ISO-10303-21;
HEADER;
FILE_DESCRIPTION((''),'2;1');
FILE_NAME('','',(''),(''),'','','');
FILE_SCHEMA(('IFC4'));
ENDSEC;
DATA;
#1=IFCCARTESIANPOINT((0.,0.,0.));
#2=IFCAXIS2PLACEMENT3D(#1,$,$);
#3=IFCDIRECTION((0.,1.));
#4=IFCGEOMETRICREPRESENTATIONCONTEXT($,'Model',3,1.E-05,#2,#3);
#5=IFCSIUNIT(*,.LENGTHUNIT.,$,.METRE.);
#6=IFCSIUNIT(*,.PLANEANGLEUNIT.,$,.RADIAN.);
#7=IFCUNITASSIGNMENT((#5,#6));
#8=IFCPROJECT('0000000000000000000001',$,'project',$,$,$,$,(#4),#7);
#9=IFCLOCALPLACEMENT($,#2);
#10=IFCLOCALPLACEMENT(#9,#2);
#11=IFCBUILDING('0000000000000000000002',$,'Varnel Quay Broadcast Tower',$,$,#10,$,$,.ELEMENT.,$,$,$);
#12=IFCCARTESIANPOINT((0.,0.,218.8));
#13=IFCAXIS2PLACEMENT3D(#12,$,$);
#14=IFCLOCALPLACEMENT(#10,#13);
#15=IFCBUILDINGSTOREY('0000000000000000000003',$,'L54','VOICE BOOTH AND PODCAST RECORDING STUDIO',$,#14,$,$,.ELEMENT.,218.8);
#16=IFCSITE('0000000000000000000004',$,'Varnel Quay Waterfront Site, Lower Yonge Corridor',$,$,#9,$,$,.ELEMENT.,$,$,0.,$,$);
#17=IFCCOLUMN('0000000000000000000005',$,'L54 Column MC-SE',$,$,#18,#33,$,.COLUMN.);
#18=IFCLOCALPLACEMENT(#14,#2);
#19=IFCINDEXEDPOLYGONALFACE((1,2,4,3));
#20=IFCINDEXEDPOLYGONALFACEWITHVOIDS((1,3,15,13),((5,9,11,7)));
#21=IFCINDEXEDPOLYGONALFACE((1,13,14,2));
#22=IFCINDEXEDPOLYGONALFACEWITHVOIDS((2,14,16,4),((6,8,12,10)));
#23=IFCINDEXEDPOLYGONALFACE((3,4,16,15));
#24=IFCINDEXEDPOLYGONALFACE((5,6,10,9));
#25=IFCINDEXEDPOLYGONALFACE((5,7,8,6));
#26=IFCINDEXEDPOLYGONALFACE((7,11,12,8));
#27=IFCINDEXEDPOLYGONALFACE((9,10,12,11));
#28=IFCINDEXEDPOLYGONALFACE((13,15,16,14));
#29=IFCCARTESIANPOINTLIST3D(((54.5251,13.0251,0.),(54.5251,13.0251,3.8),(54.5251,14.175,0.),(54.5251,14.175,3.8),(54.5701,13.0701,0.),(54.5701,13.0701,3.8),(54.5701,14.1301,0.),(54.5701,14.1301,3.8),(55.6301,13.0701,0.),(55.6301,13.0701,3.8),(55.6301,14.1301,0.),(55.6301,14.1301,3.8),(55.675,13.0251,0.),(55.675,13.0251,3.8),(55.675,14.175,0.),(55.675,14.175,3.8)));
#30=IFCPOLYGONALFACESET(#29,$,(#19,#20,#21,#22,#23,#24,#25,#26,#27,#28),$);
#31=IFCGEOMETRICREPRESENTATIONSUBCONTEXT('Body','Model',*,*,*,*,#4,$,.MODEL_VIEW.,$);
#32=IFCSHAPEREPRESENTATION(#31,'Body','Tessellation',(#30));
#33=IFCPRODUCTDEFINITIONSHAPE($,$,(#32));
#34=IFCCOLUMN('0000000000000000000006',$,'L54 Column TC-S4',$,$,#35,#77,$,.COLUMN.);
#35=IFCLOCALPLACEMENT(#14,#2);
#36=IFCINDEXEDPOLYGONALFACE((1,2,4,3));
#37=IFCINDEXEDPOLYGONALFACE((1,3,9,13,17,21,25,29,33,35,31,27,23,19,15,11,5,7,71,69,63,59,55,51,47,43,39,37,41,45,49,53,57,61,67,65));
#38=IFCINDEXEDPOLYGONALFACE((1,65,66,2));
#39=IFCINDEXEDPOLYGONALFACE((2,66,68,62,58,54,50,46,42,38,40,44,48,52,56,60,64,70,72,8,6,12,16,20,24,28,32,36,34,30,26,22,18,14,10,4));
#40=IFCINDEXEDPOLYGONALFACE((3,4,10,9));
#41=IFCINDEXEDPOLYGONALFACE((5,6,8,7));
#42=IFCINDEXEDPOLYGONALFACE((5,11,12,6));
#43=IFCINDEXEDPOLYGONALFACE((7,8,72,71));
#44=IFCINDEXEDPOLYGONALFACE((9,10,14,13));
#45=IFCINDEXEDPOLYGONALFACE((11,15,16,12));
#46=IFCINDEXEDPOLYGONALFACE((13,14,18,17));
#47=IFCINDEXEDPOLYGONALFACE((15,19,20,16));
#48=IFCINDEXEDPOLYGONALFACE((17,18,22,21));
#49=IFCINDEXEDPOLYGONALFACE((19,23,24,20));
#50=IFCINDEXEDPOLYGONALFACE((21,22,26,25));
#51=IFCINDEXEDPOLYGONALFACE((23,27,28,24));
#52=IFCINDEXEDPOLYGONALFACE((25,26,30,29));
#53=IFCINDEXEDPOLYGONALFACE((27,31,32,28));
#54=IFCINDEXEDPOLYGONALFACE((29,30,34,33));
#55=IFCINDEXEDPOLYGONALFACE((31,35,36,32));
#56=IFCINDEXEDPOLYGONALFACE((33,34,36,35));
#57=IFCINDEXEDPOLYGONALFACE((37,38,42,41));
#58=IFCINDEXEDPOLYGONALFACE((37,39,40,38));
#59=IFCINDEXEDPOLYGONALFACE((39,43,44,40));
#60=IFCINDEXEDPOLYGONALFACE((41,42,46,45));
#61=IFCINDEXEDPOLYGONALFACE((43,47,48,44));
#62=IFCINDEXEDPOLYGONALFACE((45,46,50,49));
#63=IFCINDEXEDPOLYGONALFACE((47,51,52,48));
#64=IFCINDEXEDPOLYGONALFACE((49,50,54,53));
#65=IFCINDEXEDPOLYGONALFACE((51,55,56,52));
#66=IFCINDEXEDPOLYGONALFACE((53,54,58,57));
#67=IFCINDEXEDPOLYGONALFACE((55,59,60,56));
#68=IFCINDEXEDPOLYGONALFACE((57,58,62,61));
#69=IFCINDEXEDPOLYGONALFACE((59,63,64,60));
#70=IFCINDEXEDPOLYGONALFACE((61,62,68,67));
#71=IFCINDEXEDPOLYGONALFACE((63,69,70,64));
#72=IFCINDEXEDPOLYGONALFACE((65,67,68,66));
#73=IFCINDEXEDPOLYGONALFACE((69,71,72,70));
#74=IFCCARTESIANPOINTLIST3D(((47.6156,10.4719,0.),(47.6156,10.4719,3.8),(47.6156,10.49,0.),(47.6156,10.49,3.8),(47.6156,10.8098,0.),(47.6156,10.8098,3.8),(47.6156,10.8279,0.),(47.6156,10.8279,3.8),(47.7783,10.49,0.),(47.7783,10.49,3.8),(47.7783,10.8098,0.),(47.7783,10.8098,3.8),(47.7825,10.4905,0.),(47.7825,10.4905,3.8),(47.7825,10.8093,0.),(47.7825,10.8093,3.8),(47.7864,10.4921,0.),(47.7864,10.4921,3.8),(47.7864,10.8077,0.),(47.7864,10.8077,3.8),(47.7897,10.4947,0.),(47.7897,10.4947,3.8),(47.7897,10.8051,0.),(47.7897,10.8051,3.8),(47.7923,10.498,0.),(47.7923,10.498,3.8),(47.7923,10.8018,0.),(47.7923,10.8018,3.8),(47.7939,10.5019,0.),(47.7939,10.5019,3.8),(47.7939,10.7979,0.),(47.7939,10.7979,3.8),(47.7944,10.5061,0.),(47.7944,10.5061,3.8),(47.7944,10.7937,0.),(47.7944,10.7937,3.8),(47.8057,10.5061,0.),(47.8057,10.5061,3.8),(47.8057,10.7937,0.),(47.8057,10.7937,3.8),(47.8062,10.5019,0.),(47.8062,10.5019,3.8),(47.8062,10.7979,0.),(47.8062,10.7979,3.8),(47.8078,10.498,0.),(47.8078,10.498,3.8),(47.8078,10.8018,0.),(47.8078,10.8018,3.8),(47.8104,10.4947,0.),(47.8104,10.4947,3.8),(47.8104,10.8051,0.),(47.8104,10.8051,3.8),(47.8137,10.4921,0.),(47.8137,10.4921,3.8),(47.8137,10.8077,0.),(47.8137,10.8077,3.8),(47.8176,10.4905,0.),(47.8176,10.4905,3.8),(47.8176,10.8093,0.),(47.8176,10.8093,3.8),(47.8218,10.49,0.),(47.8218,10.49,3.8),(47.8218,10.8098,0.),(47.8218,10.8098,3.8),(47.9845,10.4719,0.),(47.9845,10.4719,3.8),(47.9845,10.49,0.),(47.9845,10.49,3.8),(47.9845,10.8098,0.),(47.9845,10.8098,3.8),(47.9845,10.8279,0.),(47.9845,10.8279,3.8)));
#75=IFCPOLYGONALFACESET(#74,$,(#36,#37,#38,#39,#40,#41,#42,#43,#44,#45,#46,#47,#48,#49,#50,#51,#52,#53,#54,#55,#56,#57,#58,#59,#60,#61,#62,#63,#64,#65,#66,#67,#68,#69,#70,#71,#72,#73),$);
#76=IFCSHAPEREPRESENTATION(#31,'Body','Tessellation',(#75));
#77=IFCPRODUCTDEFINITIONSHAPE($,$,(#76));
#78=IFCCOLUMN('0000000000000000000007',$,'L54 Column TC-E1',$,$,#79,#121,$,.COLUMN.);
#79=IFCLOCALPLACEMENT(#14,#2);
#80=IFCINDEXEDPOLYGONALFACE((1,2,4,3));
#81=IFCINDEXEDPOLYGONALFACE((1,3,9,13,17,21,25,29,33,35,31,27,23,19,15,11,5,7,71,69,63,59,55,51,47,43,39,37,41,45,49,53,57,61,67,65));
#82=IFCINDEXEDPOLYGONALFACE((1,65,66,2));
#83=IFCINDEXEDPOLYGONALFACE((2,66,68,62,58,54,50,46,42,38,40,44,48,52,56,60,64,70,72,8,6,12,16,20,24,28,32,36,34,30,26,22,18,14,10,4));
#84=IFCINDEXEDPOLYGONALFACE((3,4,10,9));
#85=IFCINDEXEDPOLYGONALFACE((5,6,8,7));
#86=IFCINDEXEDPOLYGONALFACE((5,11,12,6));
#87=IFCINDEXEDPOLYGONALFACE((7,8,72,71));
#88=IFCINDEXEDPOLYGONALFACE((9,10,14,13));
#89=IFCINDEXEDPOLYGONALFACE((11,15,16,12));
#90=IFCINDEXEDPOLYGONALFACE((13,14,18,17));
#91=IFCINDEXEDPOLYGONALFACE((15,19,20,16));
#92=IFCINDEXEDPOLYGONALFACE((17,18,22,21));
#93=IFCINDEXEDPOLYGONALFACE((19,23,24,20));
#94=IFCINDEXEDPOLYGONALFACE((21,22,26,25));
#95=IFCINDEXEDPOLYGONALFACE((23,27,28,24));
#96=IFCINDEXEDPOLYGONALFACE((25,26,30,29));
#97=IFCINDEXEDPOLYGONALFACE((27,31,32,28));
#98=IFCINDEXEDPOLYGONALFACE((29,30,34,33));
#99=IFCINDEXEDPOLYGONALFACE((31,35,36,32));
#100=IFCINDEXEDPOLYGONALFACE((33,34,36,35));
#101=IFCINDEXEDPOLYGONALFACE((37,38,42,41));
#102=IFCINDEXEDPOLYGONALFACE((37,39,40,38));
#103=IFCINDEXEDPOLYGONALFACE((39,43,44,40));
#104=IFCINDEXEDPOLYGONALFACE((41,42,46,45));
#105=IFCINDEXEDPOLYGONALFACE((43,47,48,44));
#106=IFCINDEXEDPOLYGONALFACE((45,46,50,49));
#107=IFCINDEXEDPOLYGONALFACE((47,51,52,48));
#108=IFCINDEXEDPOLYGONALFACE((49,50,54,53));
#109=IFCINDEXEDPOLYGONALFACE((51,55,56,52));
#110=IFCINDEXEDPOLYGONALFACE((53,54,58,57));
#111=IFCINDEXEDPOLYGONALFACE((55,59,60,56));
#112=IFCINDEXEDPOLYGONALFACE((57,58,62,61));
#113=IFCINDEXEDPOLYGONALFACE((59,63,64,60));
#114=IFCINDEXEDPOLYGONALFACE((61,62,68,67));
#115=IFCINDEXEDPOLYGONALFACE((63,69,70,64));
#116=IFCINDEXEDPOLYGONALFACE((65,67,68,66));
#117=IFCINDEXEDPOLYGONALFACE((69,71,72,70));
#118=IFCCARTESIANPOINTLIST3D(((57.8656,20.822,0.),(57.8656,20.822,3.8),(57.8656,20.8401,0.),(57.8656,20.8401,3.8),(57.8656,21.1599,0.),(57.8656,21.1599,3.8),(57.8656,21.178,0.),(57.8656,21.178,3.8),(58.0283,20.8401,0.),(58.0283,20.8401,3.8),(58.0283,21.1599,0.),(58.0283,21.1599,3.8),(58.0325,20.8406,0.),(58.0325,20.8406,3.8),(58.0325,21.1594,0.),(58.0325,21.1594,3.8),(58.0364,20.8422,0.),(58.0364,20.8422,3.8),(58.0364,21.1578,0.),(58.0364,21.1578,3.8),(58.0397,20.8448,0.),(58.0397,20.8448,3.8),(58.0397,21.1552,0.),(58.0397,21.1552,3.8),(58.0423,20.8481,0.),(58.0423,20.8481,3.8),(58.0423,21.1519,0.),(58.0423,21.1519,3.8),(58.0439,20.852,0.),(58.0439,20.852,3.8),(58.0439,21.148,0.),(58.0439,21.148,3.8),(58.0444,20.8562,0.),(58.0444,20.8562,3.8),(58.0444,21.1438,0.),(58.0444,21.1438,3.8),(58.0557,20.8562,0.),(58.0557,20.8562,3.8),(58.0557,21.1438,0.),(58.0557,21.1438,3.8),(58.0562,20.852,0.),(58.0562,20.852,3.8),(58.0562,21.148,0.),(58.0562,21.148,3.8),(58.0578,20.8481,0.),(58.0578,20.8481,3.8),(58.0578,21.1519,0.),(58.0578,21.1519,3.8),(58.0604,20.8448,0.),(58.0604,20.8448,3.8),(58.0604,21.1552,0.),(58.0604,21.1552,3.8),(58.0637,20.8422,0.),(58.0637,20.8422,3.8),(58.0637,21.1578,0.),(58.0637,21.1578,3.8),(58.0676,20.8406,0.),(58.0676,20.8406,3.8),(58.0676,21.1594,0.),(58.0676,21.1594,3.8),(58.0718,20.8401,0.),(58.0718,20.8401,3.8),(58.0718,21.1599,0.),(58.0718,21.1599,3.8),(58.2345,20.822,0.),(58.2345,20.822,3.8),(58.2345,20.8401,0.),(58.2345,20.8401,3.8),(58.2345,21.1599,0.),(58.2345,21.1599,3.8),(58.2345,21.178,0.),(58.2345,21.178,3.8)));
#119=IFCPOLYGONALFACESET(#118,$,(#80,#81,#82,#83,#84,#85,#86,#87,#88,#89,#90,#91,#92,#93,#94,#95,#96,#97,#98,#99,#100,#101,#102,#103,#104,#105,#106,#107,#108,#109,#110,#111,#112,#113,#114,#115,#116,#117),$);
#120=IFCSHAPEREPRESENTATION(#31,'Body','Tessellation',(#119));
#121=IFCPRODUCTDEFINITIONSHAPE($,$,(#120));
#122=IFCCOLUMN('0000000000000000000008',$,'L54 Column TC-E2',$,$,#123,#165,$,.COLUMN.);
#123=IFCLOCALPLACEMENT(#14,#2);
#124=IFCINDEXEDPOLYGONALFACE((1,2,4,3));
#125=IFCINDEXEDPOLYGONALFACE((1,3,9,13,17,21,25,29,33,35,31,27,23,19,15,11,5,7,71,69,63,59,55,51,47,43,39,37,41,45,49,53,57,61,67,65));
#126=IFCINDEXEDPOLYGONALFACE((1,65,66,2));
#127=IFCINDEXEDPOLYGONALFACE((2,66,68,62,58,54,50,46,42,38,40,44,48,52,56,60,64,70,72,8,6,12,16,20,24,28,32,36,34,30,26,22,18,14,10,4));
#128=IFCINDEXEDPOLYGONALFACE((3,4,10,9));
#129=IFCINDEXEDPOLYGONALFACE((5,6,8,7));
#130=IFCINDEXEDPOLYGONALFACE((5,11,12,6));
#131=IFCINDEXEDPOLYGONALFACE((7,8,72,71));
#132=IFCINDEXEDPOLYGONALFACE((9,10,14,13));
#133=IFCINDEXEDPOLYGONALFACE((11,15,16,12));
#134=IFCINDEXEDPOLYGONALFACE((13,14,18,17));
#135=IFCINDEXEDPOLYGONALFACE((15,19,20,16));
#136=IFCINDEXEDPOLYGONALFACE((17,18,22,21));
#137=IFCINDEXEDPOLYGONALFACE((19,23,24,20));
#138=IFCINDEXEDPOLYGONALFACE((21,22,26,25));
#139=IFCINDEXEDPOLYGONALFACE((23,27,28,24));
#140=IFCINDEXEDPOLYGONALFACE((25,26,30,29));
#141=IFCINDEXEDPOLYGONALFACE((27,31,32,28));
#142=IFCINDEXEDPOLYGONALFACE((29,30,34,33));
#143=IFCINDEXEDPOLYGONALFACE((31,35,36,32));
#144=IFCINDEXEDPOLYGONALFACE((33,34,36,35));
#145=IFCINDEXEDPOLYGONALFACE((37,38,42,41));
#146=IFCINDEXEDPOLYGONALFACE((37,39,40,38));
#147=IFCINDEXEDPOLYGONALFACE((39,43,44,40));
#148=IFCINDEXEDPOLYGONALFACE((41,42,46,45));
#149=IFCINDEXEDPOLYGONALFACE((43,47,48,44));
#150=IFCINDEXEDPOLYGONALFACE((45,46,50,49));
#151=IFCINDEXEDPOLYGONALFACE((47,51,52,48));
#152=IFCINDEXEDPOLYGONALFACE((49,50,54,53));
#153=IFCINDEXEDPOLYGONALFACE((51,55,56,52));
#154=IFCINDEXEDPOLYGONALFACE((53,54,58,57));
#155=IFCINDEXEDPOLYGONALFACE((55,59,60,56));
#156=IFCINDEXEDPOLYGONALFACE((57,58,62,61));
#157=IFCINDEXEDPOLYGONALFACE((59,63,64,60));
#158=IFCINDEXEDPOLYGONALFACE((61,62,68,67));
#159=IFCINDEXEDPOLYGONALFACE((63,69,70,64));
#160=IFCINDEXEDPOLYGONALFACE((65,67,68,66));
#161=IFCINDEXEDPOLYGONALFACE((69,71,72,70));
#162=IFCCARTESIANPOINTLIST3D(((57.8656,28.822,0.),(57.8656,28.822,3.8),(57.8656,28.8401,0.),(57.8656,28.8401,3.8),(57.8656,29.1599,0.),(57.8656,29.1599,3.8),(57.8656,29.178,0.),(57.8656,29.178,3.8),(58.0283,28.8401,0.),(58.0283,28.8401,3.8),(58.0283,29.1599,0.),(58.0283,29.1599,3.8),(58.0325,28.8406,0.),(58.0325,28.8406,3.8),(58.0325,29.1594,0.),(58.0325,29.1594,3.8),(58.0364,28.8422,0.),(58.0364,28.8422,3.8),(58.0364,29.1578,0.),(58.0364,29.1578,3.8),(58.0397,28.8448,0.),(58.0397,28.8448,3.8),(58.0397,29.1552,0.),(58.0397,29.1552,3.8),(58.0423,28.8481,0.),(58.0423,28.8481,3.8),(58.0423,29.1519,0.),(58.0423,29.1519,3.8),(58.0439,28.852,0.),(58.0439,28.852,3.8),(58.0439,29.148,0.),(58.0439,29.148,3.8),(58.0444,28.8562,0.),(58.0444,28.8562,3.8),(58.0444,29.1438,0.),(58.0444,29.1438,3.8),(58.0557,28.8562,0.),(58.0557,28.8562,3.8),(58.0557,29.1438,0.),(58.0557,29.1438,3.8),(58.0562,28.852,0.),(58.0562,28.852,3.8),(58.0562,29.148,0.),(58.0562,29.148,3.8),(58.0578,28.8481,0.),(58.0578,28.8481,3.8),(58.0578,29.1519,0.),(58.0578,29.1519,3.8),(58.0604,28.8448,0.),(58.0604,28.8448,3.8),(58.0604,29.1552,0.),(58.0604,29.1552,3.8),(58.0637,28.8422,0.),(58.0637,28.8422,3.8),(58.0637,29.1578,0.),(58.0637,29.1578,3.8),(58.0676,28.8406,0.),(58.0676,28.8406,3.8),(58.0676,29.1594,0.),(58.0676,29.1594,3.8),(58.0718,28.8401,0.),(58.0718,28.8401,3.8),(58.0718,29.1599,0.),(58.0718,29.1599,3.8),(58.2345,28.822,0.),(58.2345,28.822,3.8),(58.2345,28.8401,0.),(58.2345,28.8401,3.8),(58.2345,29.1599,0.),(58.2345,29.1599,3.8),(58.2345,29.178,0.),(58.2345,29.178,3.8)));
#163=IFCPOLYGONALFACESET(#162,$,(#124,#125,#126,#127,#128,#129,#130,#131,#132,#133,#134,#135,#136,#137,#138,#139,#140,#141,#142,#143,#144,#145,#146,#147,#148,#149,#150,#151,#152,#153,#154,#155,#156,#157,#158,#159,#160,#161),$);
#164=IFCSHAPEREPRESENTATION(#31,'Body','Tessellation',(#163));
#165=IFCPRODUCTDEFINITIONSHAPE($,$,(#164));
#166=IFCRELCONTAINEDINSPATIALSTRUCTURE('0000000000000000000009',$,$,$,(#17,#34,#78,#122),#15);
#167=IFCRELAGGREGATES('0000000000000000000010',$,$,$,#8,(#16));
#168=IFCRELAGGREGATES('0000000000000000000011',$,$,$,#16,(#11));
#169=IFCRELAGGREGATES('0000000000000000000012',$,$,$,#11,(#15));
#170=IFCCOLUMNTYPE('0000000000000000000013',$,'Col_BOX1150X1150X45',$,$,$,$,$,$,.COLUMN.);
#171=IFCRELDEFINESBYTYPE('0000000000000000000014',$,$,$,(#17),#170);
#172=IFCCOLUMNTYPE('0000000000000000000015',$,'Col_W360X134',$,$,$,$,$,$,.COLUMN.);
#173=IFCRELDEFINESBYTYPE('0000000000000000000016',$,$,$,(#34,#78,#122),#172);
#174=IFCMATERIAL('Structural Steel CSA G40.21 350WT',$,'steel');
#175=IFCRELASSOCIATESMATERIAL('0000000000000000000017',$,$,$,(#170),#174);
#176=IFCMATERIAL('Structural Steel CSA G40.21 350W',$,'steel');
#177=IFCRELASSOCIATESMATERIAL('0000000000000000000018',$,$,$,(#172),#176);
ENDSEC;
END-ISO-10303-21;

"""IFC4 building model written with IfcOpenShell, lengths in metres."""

from ifc_helpers import new_model, si_unit, direction, frame, origin, origin_2d, place, context, subcontext, project, spatial, hollow_rectangle, i_section, extrude, source, transform, mapped, material, material_profile, profile_set, type_object, type_shapes, element, save


model = new_model("IFC4")

# Units and contexts
model_context = context("Model", 3, precision=1e-05, world=origin(), true_north=direction((0.0, 1.0)))
body_context = subcontext(model_context, "Body", "Model", "MODEL_VIEW")
ifc_project = project(units=[si_unit("LENGTHUNIT", "METRE"), si_unit("PLANEANGLEUNIT", "RADIAN")], contexts=[model_context])

# Site, building, storey
site_placement = place(None, origin())
site = spatial("IfcSite", under=ifc_project, at=site_placement, Name="Varnel Quay Waterfront Site, Lower Yonge Corridor", CompositionType="ELEMENT", RefElevation=0.0)
building_placement = place(site_placement, origin())
building = spatial("IfcBuilding", under=site, at=building_placement, Name="Varnel Quay Broadcast Tower", CompositionType="ELEMENT")
storey_placement = place(building_placement, frame((0.0, 0.0, 218.8)))
storey = spatial("IfcBuildingStorey", under=building, at=storey_placement, Name="L54", Description="VOICE BOOTH AND PODCAST RECORDING STUDIO", CompositionType="ELEMENT", Elevation=218.8)

# Columns
ifc_material_1 = material(Name="Structural Steel CSA G40.21 350WT", Category="steel")
ifc_material_profile_1 = material_profile(ifc_material_1, hollow_rectangle(XDim=1.1499, YDim=1.1499, WallThickness=0.0449, at=origin_2d()), Name="BOX1150X1150X45")
ifc_profile_set_1 = profile_set([ifc_material_profile_1], Name="Structural Steel CSA G40.21 350WT")
column_type_1 = type_object("IfcColumnType", Name="Col_BOX1150X1150X45", PredefinedType="COLUMN", material=ifc_profile_set_1)
shared_shape_1 = source(origin(), body_context, "Body", "SweptSolid", [
    extrude(hollow_rectangle(XDim=1.1499, YDim=1.1499, WallThickness=0.0449, at=origin_2d()), origin(), (0.0, 0.0, 1.0), 3.8),
])
type_shapes(column_type_1, [shared_shape_1])
column_placement = place(storey_placement, frame((55.1001, 13.6001, 0.0), z_axis=(0.0, 0.0, 1.0), x_axis=(1.0, 0.0, 0.0)))
element("IfcColumn", 1, at=column_placement, inside=storey, type_object=column_type_1, Name="L54 Column MC-SE", PredefinedType="COLUMN", context=body_context, shape_type="MappedRepresentation", body=[
    mapped(shared_shape_1, transform((0.0, 0.0, 0.0), x_axis=(1.0, 0.0, 0.0), y_axis=(0.0, 1.0, 0.0), z_axis=(0.0, 0.0, 1.0), scale=1.0)),
])
ifc_material_2 = material(Name="Structural Steel CSA G40.21 350W", Category="steel")
ifc_material_profile_2 = material_profile(ifc_material_2, i_section(OverallWidth=0.3689, OverallDepth=0.356, WebThickness=0.0112, FlangeThickness=0.0181, FilletRadius=0.0161, at=origin_2d()), Name="W360X134")
ifc_profile_set_2 = profile_set([ifc_material_profile_2], Name="Structural Steel CSA G40.21 350W")
column_type_2 = type_object("IfcColumnType", Name="Col_W360X134", PredefinedType="COLUMN", material=ifc_profile_set_2)
shared_shape_2 = source(origin(), body_context, "Body", "SweptSolid", [
    extrude(i_section(OverallWidth=0.3689, OverallDepth=0.356, WebThickness=0.0112, FlangeThickness=0.0181, FilletRadius=0.0161, at=origin_2d()), origin(), (0.0, 0.0, 1.0), 3.8),
])
type_shapes(column_type_2, [shared_shape_2])
for number, where, z_axis, x_axis, name in (
    (2, (47.8, 10.6499, 0.0), (0.0, 0.0, 1.0), (1.0, 0.0, 0.0), "L54 Column TC-S4"),
    (3, (58.05, 21.0, 0.0), (0.0, 0.0, 1.0), (1.0, 0.0, 0.0), "L54 Column TC-E1"),
    (4, (58.05, 29.0, 0.0), (0.0, 0.0, 1.0), (1.0, 0.0, 0.0), "L54 Column TC-E2"),
):
    element("IfcColumn", number, at=place(storey_placement, frame(where, z_axis=z_axis, x_axis=x_axis)), inside=storey, type_object=column_type_2, Name=name, PredefinedType="COLUMN", context=body_context, shape_type="MappedRepresentation", body=[
        mapped(shared_shape_2, transform((0.0, 0.0, 0.0), x_axis=(1.0, 0.0, 0.0), y_axis=(0.0, 1.0, 0.0), z_axis=(0.0, 0.0, 1.0), scale=1.0)),
    ])

save(model, "model.ifc")
